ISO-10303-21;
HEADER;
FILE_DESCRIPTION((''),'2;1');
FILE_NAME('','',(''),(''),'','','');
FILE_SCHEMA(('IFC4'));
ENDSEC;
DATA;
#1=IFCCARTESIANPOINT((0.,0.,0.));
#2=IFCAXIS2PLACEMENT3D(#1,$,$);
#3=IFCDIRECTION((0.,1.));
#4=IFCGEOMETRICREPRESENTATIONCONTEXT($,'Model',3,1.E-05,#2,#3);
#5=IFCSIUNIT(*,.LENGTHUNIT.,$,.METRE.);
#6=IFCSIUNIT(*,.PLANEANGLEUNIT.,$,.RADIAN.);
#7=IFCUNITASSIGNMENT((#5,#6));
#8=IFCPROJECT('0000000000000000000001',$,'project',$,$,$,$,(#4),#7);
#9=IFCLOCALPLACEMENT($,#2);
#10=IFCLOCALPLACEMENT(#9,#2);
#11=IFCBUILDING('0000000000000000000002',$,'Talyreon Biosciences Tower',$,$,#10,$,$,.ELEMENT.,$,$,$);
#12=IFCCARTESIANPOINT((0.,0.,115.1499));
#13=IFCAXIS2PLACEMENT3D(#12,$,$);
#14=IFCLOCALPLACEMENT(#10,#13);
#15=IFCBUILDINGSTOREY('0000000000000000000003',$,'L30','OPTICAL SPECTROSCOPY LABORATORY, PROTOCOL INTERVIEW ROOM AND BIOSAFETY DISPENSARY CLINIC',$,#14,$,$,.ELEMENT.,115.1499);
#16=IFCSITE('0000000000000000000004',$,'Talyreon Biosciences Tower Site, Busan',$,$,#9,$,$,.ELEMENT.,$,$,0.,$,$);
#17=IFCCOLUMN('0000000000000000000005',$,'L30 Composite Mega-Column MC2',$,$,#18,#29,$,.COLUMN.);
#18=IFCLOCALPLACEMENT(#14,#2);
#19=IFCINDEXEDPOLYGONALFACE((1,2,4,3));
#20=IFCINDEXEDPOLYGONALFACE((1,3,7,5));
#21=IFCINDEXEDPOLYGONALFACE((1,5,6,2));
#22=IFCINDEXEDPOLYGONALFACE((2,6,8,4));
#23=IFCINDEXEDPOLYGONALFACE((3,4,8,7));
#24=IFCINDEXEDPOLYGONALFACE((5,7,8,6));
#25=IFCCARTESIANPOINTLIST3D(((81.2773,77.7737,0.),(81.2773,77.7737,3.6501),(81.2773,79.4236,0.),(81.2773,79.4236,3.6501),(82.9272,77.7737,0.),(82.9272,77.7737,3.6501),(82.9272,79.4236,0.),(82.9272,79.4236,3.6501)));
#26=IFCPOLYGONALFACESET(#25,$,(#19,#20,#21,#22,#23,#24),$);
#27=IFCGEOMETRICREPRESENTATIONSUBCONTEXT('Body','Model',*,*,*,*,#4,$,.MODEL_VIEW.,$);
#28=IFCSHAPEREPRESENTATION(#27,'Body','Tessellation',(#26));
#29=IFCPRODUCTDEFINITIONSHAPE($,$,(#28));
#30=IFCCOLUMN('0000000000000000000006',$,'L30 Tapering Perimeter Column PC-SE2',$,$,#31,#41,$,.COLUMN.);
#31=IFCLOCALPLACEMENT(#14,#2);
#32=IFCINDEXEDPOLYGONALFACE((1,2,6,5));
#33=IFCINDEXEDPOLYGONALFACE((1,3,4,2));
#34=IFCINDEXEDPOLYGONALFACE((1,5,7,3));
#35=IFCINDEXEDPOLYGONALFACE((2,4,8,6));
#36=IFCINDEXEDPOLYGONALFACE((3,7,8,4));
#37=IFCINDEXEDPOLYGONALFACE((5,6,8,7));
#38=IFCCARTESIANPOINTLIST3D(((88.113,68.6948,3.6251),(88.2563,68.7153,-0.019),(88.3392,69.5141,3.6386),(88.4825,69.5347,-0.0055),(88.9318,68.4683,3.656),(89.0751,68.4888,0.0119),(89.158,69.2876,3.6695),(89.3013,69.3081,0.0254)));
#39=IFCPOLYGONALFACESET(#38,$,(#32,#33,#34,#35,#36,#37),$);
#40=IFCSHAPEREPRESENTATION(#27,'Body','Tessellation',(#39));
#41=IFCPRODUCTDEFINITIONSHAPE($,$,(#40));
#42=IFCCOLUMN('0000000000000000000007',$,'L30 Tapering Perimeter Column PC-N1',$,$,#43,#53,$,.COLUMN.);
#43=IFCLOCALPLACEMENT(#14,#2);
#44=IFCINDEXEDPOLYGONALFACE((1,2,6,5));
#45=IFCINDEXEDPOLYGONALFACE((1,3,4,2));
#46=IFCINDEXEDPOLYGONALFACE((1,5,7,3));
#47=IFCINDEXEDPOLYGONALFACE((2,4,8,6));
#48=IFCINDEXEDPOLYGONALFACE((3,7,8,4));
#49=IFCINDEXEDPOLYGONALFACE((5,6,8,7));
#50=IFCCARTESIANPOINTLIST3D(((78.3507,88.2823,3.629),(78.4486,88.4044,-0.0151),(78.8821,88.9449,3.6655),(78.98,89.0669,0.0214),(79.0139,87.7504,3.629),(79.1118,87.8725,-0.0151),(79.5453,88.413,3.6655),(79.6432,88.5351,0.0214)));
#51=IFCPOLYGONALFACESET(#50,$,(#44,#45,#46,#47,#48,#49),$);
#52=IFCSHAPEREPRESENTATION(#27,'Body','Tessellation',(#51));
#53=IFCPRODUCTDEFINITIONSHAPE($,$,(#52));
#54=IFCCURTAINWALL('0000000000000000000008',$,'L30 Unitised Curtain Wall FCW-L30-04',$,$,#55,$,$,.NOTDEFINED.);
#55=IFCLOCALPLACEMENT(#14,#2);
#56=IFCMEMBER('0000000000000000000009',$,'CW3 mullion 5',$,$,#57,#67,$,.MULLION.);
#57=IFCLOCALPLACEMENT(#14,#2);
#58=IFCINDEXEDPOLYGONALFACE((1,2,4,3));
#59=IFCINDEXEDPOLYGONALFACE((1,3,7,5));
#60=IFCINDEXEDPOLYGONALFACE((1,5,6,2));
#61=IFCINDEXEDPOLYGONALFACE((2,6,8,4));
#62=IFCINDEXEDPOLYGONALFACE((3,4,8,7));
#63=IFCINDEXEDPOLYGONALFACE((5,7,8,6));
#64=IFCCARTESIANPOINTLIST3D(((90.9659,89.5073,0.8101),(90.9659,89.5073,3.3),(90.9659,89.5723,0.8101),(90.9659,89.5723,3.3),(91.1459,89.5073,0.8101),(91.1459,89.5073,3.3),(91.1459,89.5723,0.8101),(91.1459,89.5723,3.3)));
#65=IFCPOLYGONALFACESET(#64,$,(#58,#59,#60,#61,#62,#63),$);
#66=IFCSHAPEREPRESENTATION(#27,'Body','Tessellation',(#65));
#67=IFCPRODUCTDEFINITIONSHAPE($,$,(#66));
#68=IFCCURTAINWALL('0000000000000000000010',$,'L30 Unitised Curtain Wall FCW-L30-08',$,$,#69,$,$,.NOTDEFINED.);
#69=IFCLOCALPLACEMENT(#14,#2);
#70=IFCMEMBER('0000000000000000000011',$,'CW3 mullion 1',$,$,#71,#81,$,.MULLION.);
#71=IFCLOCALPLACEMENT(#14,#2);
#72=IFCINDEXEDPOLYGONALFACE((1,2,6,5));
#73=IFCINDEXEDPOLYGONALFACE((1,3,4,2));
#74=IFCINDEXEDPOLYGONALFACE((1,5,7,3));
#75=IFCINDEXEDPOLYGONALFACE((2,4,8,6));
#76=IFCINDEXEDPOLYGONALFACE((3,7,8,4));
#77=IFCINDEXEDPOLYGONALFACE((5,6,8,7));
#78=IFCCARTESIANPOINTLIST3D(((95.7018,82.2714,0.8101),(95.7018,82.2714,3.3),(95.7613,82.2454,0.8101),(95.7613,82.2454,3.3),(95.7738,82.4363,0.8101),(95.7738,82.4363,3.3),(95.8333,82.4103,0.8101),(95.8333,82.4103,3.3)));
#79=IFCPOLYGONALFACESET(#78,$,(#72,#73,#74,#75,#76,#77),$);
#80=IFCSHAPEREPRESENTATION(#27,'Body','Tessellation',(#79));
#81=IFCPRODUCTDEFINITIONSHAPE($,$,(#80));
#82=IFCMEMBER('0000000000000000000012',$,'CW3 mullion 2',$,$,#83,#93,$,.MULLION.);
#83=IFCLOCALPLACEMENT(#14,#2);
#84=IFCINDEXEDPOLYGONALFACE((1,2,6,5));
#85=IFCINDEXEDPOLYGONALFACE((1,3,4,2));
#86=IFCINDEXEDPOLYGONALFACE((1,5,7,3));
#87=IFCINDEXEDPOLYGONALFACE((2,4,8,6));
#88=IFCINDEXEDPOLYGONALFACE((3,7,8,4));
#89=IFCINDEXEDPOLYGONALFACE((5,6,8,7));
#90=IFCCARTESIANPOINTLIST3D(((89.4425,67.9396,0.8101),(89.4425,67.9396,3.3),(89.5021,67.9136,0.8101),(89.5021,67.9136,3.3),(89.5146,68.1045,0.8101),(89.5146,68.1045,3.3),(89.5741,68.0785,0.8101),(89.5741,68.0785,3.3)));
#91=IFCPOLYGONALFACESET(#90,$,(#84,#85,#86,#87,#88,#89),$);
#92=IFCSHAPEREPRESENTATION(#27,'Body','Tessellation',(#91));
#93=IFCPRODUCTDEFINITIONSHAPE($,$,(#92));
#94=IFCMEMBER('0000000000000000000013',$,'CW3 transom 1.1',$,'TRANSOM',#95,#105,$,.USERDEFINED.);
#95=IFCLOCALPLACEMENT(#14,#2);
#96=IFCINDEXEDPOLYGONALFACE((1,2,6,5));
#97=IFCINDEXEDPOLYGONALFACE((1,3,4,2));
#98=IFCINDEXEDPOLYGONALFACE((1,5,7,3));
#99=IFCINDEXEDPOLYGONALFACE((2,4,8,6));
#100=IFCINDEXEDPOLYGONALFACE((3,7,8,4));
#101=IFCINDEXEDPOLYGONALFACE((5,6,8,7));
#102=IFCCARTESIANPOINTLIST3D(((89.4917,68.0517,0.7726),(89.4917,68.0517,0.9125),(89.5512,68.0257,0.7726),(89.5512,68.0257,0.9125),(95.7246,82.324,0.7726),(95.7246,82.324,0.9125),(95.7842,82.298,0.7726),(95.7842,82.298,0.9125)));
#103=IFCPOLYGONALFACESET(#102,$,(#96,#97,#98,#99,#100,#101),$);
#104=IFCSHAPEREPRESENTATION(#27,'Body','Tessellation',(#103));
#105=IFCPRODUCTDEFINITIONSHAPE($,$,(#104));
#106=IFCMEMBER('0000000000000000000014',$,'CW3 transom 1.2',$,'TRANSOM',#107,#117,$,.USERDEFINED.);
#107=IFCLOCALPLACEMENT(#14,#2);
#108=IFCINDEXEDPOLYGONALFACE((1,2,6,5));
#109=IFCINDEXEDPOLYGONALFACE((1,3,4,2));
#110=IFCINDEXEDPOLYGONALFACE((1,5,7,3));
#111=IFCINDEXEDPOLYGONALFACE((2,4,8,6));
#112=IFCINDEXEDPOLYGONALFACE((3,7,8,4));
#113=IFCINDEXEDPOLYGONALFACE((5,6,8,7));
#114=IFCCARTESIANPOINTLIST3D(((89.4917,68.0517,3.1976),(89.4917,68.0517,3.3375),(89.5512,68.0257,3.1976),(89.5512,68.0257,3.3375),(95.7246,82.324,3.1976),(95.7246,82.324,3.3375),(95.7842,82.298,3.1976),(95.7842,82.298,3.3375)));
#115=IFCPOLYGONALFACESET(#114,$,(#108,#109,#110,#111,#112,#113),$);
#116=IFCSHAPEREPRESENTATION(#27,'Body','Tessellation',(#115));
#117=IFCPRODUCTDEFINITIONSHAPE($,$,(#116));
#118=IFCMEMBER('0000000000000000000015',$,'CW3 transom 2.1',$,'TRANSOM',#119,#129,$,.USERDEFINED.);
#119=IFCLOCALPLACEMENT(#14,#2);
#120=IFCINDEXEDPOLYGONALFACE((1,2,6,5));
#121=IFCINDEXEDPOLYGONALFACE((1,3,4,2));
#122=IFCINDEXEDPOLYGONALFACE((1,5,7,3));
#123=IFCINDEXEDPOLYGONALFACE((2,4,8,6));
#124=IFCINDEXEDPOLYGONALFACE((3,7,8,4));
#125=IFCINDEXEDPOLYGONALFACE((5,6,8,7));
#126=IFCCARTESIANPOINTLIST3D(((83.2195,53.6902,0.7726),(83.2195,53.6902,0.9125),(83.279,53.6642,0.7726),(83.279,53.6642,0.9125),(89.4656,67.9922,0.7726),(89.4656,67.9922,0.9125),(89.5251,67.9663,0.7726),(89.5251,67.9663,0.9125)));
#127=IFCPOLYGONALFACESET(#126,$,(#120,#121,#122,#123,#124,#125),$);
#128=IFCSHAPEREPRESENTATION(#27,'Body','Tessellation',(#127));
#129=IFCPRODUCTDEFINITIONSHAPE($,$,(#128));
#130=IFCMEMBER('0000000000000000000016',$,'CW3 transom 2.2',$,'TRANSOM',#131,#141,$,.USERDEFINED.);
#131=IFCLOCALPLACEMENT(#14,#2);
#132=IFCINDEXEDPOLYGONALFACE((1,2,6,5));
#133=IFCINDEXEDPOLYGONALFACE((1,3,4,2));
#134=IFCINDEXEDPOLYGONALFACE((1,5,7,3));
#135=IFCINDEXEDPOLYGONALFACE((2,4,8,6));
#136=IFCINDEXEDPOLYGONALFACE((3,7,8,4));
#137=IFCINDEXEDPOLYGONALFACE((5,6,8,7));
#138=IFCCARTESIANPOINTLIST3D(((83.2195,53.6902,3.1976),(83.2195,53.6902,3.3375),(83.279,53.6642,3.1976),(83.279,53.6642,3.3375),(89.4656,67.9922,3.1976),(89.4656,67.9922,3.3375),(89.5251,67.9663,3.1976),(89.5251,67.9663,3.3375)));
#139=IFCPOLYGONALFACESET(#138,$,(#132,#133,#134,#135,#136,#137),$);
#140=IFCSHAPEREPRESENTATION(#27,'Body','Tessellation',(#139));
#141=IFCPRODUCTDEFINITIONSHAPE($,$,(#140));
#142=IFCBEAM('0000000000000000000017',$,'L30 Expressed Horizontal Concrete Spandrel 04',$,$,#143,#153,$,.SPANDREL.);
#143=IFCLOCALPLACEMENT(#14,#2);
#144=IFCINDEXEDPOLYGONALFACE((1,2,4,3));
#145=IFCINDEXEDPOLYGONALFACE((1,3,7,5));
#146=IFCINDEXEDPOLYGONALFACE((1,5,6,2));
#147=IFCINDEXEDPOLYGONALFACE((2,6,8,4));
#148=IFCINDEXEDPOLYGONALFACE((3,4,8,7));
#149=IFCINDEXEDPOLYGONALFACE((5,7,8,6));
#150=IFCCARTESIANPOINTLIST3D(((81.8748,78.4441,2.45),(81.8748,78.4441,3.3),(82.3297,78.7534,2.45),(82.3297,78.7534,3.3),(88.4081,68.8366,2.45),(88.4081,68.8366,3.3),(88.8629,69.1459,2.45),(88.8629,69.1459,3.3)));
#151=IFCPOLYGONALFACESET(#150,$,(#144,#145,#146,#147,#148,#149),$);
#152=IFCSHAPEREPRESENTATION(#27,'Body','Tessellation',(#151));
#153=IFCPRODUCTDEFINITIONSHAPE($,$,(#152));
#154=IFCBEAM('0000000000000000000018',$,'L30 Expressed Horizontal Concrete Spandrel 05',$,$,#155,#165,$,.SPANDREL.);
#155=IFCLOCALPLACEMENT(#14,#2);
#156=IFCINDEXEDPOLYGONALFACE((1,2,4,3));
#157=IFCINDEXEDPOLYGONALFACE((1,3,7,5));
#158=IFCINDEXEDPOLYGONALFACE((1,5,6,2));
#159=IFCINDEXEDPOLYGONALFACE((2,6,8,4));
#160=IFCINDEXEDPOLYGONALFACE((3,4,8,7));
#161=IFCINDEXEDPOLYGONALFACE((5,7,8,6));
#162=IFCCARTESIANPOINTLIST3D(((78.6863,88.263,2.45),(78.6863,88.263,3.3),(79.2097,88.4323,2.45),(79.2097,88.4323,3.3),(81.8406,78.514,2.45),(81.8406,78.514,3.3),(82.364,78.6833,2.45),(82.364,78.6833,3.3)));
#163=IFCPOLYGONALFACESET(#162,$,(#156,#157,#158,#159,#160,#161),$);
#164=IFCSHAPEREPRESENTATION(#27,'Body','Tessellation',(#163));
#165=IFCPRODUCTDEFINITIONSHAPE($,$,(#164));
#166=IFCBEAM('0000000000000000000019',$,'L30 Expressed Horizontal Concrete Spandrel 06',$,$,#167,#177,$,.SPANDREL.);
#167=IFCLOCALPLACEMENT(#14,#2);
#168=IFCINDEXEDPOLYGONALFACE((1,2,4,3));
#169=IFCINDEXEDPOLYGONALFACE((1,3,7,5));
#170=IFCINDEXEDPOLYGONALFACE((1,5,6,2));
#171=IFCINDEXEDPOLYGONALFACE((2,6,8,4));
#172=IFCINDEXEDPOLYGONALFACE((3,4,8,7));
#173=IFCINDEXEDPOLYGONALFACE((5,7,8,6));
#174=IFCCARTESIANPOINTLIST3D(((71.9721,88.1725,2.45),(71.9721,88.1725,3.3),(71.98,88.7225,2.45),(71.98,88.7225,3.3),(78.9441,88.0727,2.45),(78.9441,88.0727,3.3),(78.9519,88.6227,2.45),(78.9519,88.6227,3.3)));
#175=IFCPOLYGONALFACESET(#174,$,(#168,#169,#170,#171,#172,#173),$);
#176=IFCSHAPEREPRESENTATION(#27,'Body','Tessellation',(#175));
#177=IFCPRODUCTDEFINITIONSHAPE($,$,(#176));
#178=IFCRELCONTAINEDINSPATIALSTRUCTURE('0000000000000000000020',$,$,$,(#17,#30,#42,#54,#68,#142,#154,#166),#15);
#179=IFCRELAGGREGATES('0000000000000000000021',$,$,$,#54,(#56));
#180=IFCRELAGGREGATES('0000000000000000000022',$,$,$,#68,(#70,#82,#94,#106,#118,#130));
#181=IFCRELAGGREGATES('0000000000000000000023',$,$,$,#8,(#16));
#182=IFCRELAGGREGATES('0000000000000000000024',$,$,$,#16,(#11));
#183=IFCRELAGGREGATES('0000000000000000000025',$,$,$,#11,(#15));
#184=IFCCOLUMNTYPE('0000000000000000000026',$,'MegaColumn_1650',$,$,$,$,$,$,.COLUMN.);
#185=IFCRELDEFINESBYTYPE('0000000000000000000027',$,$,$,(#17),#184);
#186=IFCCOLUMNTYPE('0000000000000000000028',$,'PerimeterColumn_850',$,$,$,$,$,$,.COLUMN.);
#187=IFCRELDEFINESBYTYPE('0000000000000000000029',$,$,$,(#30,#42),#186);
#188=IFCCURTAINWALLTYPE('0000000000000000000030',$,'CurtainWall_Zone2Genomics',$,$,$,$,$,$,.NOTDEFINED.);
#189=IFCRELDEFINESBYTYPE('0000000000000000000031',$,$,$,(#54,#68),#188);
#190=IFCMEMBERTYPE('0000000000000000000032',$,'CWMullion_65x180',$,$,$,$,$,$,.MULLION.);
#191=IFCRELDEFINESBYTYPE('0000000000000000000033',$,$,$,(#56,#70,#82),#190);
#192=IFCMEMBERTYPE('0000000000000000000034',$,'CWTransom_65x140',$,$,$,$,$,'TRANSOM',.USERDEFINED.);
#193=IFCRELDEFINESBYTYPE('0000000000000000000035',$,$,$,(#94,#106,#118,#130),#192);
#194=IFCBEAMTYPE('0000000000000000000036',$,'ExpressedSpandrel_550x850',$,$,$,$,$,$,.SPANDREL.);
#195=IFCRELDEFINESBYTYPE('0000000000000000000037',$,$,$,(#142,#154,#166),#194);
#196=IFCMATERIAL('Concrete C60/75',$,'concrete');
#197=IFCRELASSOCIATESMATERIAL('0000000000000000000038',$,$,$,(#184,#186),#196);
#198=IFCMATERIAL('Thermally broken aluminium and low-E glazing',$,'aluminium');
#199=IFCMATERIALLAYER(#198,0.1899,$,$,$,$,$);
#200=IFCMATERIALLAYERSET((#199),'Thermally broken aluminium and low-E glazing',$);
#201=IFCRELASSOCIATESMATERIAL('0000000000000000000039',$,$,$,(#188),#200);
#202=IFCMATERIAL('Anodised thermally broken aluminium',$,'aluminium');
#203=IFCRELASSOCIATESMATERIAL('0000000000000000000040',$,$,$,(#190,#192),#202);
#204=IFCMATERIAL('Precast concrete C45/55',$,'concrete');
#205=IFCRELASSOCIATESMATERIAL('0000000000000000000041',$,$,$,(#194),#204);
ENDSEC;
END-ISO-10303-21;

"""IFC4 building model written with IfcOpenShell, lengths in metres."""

from ifc_helpers import new_model, si_unit, direction, frame, origin, origin_2d, place, context, subcontext, project, spatial, rectangle, extrude, material, layer, layer_set, material_profile, profile_set, type_object, element, aggregate, save


model = new_model("IFC4")

# Units and contexts
model_context = context("Model", 3, precision=1e-05, world=origin(), true_north=direction((0.0, 1.0)))
body_context = subcontext(model_context, "Body", "Model", "MODEL_VIEW")
ifc_project = project(units=[si_unit("LENGTHUNIT", "METRE"), si_unit("PLANEANGLEUNIT", "RADIAN")], contexts=[model_context])

# Site, building, storey
site_placement = place(None, origin())
site = spatial("IfcSite", under=ifc_project, at=site_placement, Name="Talyreon Biosciences Tower Site, Busan", CompositionType="ELEMENT", RefElevation=0.0)
building_placement = place(site_placement, origin())
building = spatial("IfcBuilding", under=site, at=building_placement, Name="Talyreon Biosciences Tower", CompositionType="ELEMENT")
storey_placement = place(building_placement, frame((0.0, 0.0, 115.1499)))
storey = spatial("IfcBuildingStorey", under=building, at=storey_placement, Name="L30", Description="OPTICAL SPECTROSCOPY LABORATORY, PROTOCOL INTERVIEW ROOM AND BIOSAFETY DISPENSARY CLINIC", CompositionType="ELEMENT", Elevation=115.1499)

# Columns
ifc_material_1 = material(Name="Concrete C60/75", Category="concrete")
ifc_material_profile_1 = material_profile(ifc_material_1, rectangle(XDim=1.6499, YDim=1.6499, at=origin_2d()), Name="RC 1650x1650")
ifc_profile_set_1 = profile_set([ifc_material_profile_1], Name="Concrete C60/75")
column_type_1 = type_object("IfcColumnType", Name="MegaColumn_1650", PredefinedType="COLUMN", material=ifc_profile_set_1)
column_1_placement = place(storey_placement, frame((82.1023, 78.5986, 0.0), z_axis=(0.0, 0.0, 1.0), x_axis=(1.0, 0.0, 0.0)))
element("IfcColumn", 1, at=column_1_placement, inside=storey, type_object=column_type_1, Name="L30 Composite Mega-Column MC2", PredefinedType="COLUMN", context=body_context, shape_type="SweptSolid", body=[
    extrude(rectangle(XDim=1.6499, YDim=1.6499, at=origin_2d()), origin(), (0.0, 0.0, 1.0), 3.6501),
])
ifc_material_profile_2 = material_profile(ifc_material_1, rectangle(XDim=0.8501, YDim=0.8501, at=origin_2d()), Name="RC 850x850")
ifc_profile_set_2 = profile_set([ifc_material_profile_2], Name="Concrete C60/75")
column_type_2 = type_object("IfcColumnType", Name="PerimeterColumn_850", PredefinedType="COLUMN", material=ifc_profile_set_2)
column_2_placement = place(storey_placement, frame((88.7788, 69.0117, 0.0032), z_axis=(-0.039296, -0.005623, 0.999212), x_axis=(0.963156, -0.26647, 0.036379)))
element("IfcColumn", 2, at=column_2_placement, inside=storey, type_object=column_type_2, Name="L30 Tapering Perimeter Column PC-SE2", PredefinedType="COLUMN", context=body_context, shape_type="SweptSolid", body=[
    extrude(rectangle(XDim=0.8501, YDim=0.8501, at=origin_2d()), origin(), (0.0, 0.0, 1.0), 3.647),
])
column_3_placement = place(storey_placement, frame((79.0459, 88.4697, 0.0032), z_axis=(-0.026841, -0.033468, 0.999079), x_axis=(-0.780107, 0.625646, 0.0)))
element("IfcColumn", 3, at=column_3_placement, inside=storey, type_object=column_type_2, Name="L30 Tapering Perimeter Column PC-N1", PredefinedType="COLUMN", context=body_context, shape_type="SweptSolid", body=[
    extrude(rectangle(XDim=0.8501, YDim=0.8501, at=origin_2d()), origin(), (0.0, 0.0, 1.0), 3.6475),
])

# Curtain wall, member
ifc_material_2 = material(Name="Thermally broken aluminium and low-E glazing", Category="aluminium")
ifc_layer_1 = layer(ifc_material_2, 0.1899)
ifc_layer_set_1 = layer_set([ifc_layer_1], Name="Thermally broken aluminium and low-E glazing")
curtain_wall_type = type_object("IfcCurtainWallType", Name="CurtainWall_Zone2Genomics", PredefinedType="NOTDEFINED", material=ifc_layer_set_1)
curtain_wall_1_placement = place(storey_placement, origin())
curtain_wall_1 = element("IfcCurtainWall", 4, at=curtain_wall_1_placement, inside=storey, type_object=curtain_wall_type, Name="L30 Unitised Curtain Wall FCW-L30-04", PredefinedType="NOTDEFINED")
ifc_material_3 = material(Name="Anodised thermally broken aluminium", Category="aluminium")
ifc_material_profile_3 = material_profile(ifc_material_3, rectangle(XDim=0.0649, YDim=0.1799, at=origin_2d()), Name="ALUM MULLION 65x180")
ifc_profile_set_3 = profile_set([ifc_material_profile_3], Name="Anodised thermally broken aluminium")
member_type_1 = type_object("IfcMemberType", Name="CWMullion_65x180", PredefinedType="MULLION", material=ifc_profile_set_3)
member_1_placement = place(storey_placement, frame((91.0559, 89.5398, 0.8101), z_axis=(0.0, 0.0, 1.0), x_axis=(0.0, 1.0, 0.0)))
member_1 = element("IfcMember", 5, at=member_1_placement, type_object=member_type_1, Name="CW3 mullion 5", PredefinedType="MULLION", context=body_context, shape_type="SweptSolid", body=[
    extrude(rectangle(XDim=0.0649, YDim=0.1799, at=origin_2d()), origin(), (0.0, 0.0, 1.0), 2.49),
])

# Curtain wall, members
curtain_wall_2_placement = place(storey_placement, origin())
curtain_wall_2 = element("IfcCurtainWall", 6, at=curtain_wall_2_placement, inside=storey, type_object=curtain_wall_type, Name="L30 Unitised Curtain Wall FCW-L30-08", PredefinedType="NOTDEFINED")
member_2_placement = place(storey_placement, frame((95.7676, 82.3408, 0.8101), z_axis=(0.0, 0.0, 1.0), x_axis=(0.916416, -0.400226, 0.0)))
member_2 = element("IfcMember", 7, at=member_2_placement, type_object=member_type_1, Name="CW3 mullion 1", PredefinedType="MULLION", context=body_context, shape_type="SweptSolid", body=[
    extrude(rectangle(XDim=0.0649, YDim=0.1799, at=origin_2d()), origin(), (0.0, 0.0, 1.0), 2.49),
])
member_3_placement = place(storey_placement, frame((89.5083, 68.009, 0.8101), z_axis=(0.0, 0.0, 1.0), x_axis=(0.916416, -0.400226, 0.0)))
member_3 = element("IfcMember", 8, at=member_3_placement, type_object=member_type_1, Name="CW3 mullion 2", PredefinedType="MULLION", context=body_context, shape_type="SweptSolid", body=[
    extrude(rectangle(XDim=0.0649, YDim=0.1799, at=origin_2d()), origin(), (0.0, 0.0, 1.0), 2.49),
])
ifc_material_profile_4 = material_profile(ifc_material_3, rectangle(XDim=0.0649, YDim=0.1399, at=origin_2d()), Name="ALUM TRANSOM 65x140")
ifc_profile_set_4 = profile_set([ifc_material_profile_4], Name="Anodised thermally broken aluminium")
member_type_2 = type_object("IfcMemberType", Name="CWTransom_65x140", ElementType="TRANSOM", PredefinedType="USERDEFINED", material=ifc_profile_set_4)
member_4_placement = place(storey_placement, frame((95.7544, 82.311, 0.8425), z_axis=(-0.400216, -0.916421, 0.0), x_axis=(0.916421, -0.400216, 0.0)))
member_4 = element("IfcMember", 9, at=member_4_placement, type_object=member_type_2, Name="CW3 transom 1.1", ObjectType="TRANSOM", PredefinedType="USERDEFINED", context=body_context, shape_type="SweptSolid", body=[
    extrude(rectangle(XDim=0.0649, YDim=0.1399, at=origin_2d()), origin(), (0.0, 0.0, 1.0), 15.574),
])
member_5_placement = place(storey_placement, frame((95.7544, 82.311, 3.2676), z_axis=(-0.400216, -0.916421, 0.0), x_axis=(0.916421, -0.400216, 0.0)))
member_5 = element("IfcMember", 10, at=member_5_placement, type_object=member_type_2, Name="CW3 transom 1.2", ObjectType="TRANSOM", PredefinedType="USERDEFINED", context=body_context, shape_type="SweptSolid", body=[
    extrude(rectangle(XDim=0.0649, YDim=0.1399, at=origin_2d()), origin(), (0.0, 0.0, 1.0), 15.574),
])
member_6_placement = place(storey_placement, frame((89.4954, 67.9792, 0.8425), z_axis=(-0.400225, -0.916417, 0.0), x_axis=(0.916417, -0.400225, 0.0)))
member_6 = element("IfcMember", 11, at=member_6_placement, type_object=member_type_2, Name="CW3 transom 2.1", ObjectType="TRANSOM", PredefinedType="USERDEFINED", context=body_context, shape_type="SweptSolid", body=[
    extrude(rectangle(XDim=0.0649, YDim=0.1399, at=origin_2d()), origin(), (0.0, 0.0, 1.0), 15.6064),
])
member_7_placement = place(storey_placement, frame((89.4954, 67.9792, 3.2676), z_axis=(-0.400225, -0.916417, 0.0), x_axis=(0.916417, -0.400225, 0.0)))
member_7 = element("IfcMember", 12, at=member_7_placement, type_object=member_type_2, Name="CW3 transom 2.2", ObjectType="TRANSOM", PredefinedType="USERDEFINED", context=body_context, shape_type="SweptSolid", body=[
    extrude(rectangle(XDim=0.0649, YDim=0.1399, at=origin_2d()), origin(), (0.0, 0.0, 1.0), 15.6064),
])

# Beams
ifc_material_4 = material(Name="Precast concrete C45/55", Category="concrete")
ifc_material_profile_5 = material_profile(ifc_material_4, rectangle(XDim=0.55, YDim=0.8501, at=origin_2d()), Name="RCB 550x850")
ifc_profile_set_5 = profile_set([ifc_material_profile_5], Name="Precast concrete C45/55")
beam_type_1 = type_object("IfcBeamType", Name="ExpressedSpandrel_550x850", PredefinedType="SPANDREL", material=ifc_profile_set_5)
beam_1_placement = place(storey_placement, frame((88.6355, 68.9912, 2.875), z_axis=(-0.562319, 0.82692, 0.0), x_axis=(-0.82692, -0.562319, 0.0)))
element("IfcBeam", 13, at=beam_1_placement, inside=storey, type_object=beam_type_1, Name="L30 Expressed Horizontal Concrete Spandrel 04", PredefinedType="SPANDREL", context=body_context, shape_type="SweptSolid", body=[
    extrude(rectangle(XDim=0.55, YDim=0.8501, at=origin_2d()), origin(), (0.0, 0.0, 1.0), 11.6184),
])
beam_2_placement = place(storey_placement, frame((82.1023, 78.5986, 2.875), z_axis=(-0.307838, 0.951439, 0.0), x_axis=(-0.951439, -0.307838, 0.0)))
element("IfcBeam", 14, at=beam_2_placement, inside=storey, type_object=beam_type_1, Name="L30 Expressed Horizontal Concrete Spandrel 05", PredefinedType="SPANDREL", context=body_context, shape_type="SweptSolid", body=[
    extrude(rectangle(XDim=0.55, YDim=0.8501, at=origin_2d()), origin(), (0.0, 0.0, 1.0), 10.2466),
])
beam_3_placement = place(storey_placement, frame((78.948, 88.3477, 2.875), z_axis=(-0.999897, 0.014321, 0.0), x_axis=(-0.014321, -0.999897, 0.0)))
element("IfcBeam", 15, at=beam_3_placement, inside=storey, type_object=beam_type_1, Name="L30 Expressed Horizontal Concrete Spandrel 06", PredefinedType="SPANDREL", context=body_context, shape_type="SweptSolid", body=[
    extrude(rectangle(XDim=0.55, YDim=0.8501, at=origin_2d()), origin(), (0.0, 0.0, 1.0), 6.9727),
])

aggregate(curtain_wall_1, [member_1])
aggregate(curtain_wall_2, [member_2, member_3, member_4, member_5, member_6, member_7])

save(model, "model.ifc")
